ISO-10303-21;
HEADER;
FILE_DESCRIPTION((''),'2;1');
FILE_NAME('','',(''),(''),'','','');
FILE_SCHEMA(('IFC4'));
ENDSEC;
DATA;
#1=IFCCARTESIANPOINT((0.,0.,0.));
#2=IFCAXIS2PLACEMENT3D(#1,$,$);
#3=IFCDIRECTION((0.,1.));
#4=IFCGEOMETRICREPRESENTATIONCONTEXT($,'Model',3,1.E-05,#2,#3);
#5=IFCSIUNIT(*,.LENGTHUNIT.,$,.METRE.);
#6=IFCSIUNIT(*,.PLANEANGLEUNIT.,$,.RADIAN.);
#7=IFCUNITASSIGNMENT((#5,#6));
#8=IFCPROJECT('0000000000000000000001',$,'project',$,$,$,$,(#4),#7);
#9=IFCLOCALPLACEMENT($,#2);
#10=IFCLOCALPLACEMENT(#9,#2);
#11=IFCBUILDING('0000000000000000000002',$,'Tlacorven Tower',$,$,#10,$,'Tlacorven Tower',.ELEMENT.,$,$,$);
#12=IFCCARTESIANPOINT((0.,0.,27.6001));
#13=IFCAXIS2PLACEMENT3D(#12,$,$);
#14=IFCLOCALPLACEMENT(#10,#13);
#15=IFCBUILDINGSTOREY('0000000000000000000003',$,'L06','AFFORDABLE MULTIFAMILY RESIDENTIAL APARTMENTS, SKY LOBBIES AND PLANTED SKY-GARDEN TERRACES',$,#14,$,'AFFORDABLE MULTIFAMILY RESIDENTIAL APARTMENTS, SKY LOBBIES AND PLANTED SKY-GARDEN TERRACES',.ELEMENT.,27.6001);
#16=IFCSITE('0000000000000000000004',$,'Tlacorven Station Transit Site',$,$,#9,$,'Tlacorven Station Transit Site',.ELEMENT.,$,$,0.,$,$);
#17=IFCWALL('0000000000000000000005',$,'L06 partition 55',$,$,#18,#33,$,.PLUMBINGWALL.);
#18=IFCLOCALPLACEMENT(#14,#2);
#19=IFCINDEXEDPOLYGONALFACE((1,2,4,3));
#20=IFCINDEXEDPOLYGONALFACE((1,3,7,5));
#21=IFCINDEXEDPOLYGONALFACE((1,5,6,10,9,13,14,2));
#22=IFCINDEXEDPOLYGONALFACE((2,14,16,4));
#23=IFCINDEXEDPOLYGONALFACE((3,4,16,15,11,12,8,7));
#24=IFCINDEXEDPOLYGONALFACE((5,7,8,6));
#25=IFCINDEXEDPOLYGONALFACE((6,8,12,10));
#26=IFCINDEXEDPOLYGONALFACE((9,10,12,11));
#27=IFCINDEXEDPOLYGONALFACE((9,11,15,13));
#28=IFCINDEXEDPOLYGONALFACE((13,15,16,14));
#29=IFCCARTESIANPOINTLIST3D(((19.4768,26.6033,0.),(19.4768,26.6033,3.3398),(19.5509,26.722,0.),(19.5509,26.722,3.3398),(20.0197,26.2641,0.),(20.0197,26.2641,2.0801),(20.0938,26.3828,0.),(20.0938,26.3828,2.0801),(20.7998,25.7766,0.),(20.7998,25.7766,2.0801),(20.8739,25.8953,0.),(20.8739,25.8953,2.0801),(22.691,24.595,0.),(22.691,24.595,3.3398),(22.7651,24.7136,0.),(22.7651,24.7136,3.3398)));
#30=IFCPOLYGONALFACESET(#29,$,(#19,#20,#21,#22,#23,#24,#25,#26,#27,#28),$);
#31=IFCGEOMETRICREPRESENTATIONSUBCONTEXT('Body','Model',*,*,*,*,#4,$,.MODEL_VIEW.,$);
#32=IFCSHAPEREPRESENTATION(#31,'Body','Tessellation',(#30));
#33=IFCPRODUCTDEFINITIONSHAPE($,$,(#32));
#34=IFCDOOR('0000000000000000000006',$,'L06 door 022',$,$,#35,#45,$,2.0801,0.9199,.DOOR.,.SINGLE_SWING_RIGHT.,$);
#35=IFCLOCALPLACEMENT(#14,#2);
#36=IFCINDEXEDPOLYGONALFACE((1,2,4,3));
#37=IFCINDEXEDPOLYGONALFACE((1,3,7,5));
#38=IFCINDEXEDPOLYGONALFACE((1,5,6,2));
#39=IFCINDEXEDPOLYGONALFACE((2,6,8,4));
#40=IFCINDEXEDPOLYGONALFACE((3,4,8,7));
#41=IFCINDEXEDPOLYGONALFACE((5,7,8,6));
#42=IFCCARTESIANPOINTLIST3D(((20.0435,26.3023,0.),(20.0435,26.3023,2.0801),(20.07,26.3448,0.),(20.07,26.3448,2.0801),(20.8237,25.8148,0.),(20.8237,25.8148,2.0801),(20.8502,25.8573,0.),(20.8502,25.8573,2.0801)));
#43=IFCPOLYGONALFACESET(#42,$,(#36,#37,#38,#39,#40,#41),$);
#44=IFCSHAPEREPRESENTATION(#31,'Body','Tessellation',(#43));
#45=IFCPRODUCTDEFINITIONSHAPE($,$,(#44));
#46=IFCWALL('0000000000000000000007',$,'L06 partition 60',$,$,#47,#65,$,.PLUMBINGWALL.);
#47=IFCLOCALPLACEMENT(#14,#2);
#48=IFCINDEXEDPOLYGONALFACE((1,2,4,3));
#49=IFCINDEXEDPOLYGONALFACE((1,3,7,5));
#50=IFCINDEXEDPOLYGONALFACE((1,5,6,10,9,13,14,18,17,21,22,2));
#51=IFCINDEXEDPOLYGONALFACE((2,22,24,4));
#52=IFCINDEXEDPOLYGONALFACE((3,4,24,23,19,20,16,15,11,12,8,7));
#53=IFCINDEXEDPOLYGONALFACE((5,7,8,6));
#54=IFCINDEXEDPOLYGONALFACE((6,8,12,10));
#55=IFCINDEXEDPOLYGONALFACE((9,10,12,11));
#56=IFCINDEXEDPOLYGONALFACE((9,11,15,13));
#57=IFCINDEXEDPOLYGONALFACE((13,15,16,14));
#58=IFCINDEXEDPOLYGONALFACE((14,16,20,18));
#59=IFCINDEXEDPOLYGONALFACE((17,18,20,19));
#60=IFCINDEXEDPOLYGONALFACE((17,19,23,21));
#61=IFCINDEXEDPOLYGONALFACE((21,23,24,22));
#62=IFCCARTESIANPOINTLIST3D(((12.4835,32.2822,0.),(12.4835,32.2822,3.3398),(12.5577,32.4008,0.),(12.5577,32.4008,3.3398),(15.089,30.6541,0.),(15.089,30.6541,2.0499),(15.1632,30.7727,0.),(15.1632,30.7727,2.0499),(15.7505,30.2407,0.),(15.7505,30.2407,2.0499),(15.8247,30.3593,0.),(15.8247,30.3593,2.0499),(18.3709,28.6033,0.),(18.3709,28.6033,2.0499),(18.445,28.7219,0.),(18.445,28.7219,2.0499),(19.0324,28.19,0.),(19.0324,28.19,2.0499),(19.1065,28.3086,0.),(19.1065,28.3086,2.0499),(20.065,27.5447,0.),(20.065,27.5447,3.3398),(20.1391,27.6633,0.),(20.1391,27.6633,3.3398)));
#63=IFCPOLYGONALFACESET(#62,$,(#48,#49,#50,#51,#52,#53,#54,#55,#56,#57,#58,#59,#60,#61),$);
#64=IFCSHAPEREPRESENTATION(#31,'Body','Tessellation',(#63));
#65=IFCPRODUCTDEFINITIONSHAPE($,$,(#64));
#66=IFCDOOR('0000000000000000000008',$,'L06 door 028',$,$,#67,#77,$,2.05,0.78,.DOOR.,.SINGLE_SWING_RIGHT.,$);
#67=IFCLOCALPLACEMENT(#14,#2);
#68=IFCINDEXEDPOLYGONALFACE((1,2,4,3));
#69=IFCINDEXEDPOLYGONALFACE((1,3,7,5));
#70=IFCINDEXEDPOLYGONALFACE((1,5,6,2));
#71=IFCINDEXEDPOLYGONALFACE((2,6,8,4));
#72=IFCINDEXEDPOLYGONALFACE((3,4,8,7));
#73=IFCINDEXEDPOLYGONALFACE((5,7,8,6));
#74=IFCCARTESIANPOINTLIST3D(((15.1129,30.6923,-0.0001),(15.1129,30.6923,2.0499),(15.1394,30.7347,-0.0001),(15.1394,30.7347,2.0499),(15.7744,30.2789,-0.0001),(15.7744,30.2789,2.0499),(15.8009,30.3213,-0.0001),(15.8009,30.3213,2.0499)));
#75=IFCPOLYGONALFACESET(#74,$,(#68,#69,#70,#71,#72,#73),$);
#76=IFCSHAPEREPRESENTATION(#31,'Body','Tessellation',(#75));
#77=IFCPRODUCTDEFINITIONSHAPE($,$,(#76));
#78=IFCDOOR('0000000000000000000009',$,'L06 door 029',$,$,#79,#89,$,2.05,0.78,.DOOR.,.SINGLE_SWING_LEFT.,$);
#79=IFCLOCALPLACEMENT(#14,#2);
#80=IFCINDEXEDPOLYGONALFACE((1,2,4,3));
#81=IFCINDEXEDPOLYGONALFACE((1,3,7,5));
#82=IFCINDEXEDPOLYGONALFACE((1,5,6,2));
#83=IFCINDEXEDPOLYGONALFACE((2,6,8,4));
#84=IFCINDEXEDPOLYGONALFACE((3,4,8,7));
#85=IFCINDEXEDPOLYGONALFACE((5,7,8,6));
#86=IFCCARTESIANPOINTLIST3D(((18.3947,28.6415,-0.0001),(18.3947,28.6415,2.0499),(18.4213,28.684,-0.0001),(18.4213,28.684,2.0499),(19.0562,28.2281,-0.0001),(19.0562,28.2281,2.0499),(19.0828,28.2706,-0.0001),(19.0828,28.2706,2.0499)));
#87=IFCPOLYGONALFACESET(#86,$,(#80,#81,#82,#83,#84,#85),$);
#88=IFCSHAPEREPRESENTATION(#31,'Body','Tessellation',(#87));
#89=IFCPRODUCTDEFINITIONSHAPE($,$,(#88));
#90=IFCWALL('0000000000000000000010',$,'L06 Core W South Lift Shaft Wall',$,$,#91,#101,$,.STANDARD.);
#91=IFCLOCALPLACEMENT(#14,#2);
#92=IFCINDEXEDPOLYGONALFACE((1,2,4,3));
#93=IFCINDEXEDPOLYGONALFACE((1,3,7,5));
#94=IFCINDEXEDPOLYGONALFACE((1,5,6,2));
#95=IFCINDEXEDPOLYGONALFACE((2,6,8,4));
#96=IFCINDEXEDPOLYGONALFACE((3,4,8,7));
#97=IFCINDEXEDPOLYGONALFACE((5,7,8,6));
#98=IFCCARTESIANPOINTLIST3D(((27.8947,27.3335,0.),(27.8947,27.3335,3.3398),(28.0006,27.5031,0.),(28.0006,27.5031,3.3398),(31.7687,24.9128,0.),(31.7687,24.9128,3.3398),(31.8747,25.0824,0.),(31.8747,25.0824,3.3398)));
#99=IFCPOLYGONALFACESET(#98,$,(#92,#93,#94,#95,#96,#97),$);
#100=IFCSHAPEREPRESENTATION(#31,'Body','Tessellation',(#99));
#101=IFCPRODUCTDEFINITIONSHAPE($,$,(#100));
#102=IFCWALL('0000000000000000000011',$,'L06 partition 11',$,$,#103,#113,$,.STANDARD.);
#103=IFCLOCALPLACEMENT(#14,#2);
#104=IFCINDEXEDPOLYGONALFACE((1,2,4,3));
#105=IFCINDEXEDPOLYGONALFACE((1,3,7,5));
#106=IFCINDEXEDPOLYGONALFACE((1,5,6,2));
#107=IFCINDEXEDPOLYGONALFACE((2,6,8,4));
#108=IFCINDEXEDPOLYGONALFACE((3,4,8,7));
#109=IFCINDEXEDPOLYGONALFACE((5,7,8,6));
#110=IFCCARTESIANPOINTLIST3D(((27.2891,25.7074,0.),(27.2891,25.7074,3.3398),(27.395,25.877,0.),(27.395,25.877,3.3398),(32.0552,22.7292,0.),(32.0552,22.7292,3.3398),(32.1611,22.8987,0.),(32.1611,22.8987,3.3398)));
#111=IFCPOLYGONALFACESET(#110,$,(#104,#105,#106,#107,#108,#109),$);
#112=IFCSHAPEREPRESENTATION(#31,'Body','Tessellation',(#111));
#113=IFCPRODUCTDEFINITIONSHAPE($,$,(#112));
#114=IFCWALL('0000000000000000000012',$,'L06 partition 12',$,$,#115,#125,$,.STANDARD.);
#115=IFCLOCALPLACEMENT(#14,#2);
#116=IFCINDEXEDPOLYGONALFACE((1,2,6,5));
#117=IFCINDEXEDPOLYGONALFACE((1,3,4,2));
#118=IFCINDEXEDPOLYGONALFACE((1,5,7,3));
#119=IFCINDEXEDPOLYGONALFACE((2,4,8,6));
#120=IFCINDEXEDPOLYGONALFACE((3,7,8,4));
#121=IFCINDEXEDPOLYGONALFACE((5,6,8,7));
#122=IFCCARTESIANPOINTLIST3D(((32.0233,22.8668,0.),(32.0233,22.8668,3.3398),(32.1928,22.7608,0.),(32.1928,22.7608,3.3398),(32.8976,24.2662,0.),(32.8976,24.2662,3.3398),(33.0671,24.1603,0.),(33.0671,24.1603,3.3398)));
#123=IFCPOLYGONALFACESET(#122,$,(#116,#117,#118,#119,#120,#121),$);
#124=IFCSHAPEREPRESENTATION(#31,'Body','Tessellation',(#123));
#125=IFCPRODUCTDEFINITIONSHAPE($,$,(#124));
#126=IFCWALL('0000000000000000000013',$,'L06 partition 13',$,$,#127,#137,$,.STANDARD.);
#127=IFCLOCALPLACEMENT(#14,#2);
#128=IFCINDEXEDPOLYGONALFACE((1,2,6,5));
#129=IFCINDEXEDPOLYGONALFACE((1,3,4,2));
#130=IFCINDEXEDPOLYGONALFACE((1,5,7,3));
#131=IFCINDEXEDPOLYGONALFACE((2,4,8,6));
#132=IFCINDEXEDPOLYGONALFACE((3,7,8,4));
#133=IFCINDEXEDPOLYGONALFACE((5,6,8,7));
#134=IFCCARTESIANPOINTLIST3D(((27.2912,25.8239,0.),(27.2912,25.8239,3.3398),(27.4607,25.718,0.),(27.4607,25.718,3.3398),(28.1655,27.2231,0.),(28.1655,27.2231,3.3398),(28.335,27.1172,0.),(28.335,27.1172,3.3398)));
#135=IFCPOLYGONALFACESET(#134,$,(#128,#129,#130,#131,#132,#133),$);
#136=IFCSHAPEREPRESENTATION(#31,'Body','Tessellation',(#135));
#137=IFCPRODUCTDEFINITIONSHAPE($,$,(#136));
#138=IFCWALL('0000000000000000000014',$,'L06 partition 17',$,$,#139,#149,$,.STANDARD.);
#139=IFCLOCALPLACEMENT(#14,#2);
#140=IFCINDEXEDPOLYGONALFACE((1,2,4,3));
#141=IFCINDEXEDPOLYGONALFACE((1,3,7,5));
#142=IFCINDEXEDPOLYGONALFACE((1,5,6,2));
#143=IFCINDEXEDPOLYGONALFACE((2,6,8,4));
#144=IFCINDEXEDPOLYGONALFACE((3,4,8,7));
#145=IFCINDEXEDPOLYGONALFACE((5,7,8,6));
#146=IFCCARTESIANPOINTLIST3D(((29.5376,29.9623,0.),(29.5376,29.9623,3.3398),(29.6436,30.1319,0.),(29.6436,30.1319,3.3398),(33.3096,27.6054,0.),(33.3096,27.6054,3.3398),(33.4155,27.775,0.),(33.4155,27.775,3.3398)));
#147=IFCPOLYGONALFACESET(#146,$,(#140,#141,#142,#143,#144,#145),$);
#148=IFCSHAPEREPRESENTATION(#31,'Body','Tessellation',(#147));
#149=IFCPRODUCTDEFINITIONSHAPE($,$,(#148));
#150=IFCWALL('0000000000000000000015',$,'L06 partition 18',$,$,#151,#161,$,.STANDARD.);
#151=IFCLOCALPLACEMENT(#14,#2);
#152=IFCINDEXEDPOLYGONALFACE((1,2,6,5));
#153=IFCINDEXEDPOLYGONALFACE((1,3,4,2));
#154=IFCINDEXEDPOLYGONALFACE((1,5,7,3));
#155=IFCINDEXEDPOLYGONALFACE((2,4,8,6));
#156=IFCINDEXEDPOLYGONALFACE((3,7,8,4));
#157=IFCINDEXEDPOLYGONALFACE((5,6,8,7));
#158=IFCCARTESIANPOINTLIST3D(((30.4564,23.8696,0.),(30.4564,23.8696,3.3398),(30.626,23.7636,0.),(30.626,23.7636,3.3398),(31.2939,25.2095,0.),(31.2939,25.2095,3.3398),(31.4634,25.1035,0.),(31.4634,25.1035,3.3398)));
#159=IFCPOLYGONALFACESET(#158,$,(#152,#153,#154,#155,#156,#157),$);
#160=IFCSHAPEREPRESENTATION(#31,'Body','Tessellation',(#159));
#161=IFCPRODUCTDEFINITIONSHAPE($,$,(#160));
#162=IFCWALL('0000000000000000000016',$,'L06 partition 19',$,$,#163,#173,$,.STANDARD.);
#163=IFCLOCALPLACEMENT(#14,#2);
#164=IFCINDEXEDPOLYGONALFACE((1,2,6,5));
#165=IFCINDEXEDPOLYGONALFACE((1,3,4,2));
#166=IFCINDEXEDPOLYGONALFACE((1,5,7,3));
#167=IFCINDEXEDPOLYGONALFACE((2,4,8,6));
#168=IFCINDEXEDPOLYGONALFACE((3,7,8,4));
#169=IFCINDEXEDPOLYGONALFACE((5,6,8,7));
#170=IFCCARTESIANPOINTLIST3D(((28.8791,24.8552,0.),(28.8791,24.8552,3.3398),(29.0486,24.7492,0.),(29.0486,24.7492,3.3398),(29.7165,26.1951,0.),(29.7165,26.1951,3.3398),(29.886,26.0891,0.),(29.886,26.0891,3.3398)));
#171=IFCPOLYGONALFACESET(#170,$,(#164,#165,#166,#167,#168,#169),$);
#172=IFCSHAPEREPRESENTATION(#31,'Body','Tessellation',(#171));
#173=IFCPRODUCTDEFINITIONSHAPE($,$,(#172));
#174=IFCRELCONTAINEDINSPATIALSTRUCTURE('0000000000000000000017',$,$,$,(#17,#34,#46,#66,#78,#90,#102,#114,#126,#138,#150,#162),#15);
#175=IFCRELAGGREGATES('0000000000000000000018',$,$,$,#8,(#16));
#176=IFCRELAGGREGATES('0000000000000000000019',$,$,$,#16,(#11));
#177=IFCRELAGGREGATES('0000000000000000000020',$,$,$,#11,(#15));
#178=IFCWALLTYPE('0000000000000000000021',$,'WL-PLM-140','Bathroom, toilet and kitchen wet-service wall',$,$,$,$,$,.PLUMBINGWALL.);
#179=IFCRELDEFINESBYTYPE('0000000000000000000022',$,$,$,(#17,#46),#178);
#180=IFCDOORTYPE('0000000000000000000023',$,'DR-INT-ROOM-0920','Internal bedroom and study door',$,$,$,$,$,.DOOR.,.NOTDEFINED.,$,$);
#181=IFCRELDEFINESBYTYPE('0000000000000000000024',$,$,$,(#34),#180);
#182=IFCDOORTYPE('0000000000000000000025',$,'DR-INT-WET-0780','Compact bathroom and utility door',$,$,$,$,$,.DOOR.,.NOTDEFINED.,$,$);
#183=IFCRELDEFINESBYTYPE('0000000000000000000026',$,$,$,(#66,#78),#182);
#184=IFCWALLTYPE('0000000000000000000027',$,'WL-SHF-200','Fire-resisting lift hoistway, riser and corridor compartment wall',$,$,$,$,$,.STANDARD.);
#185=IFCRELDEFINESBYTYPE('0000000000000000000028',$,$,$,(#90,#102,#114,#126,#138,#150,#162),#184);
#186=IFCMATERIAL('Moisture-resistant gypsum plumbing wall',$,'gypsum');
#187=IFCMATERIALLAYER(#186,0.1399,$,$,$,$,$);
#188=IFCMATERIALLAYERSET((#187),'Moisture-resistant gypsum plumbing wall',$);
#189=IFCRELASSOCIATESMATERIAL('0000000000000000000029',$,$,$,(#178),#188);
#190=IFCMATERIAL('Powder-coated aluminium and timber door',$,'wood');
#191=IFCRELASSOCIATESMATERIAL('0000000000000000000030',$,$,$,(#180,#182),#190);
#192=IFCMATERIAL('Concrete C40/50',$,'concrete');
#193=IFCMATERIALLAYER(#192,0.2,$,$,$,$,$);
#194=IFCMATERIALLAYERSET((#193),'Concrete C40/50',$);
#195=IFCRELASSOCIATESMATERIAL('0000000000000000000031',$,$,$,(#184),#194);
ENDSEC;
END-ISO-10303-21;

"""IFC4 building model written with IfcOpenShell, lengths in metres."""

from ifc_helpers import new_model, si_unit, direction, frame, frame_2d, origin, place, context, subcontext, project, spatial, rectangle, extrude, source, transform, mapped, material, layer, layer_set, type_object, element, fill, save


model = new_model("IFC4")

# Units and contexts
model_context = context("Model", 3, precision=1e-05, world=origin(), true_north=direction((0.0, 1.0)))
body_context = subcontext(model_context, "Body", "Model", "MODEL_VIEW")
ifc_project = project(units=[si_unit("LENGTHUNIT", "METRE"), si_unit("PLANEANGLEUNIT", "RADIAN")], contexts=[model_context])

# Site, building, storey
site_placement = place(None, origin())
site = spatial("IfcSite", under=ifc_project, at=site_placement, Name="Tlacorven Station Transit Site", LongName="Tlacorven Station Transit Site", CompositionType="ELEMENT", RefElevation=0.0)
building_placement = place(site_placement, origin())
building = spatial("IfcBuilding", under=site, at=building_placement, Name="Tlacorven Tower", LongName="Tlacorven Tower", CompositionType="ELEMENT")
storey_placement = place(building_placement, frame((0.0, 0.0, 27.6001)))
storey = spatial("IfcBuildingStorey", under=building, at=storey_placement, Name="L06", Description="AFFORDABLE MULTIFAMILY RESIDENTIAL APARTMENTS, SKY LOBBIES AND PLANTED SKY-GARDEN TERRACES", LongName="AFFORDABLE MULTIFAMILY RESIDENTIAL APARTMENTS, SKY LOBBIES AND PLANTED SKY-GARDEN TERRACES", CompositionType="ELEMENT", Elevation=27.6001)

# Wall, opening, door
ifc_material_1 = material(Name="Moisture-resistant gypsum plumbing wall", Category="gypsum")
ifc_layer_1 = layer(ifc_material_1, 0.1399)
ifc_layer_set_1 = layer_set([ifc_layer_1], Name="Moisture-resistant gypsum plumbing wall")
wall_type_1 = type_object("IfcWallType", Name="WL-PLM-140", Description="Bathroom, toilet and kitchen wet-service wall", PredefinedType="PLUMBINGWALL", material=ifc_layer_set_1)
wall_1_placement = place(storey_placement, frame((22.728, 24.6543, 0.0), z_axis=(0.0, 0.0, 1.0), x_axis=(-0.84806, 0.529901, 0.0)))
wall_1 = element("IfcWall", 1, at=wall_1_placement, inside=storey, type_object=wall_type_1, Name="L06 partition 55", PredefinedType="PLUMBINGWALL", context=body_context, shape_type="SweptSolid", body=[
    extrude(rectangle(XDim=3.79, YDim=0.1399, at=frame_2d((1.895, 0.0))), origin(), (0.0, 0.0, 1.0), 3.3398),
])
opening_1_placement = place(wall_1_placement, frame((2.23, 0.0, 0.0)))
opening_1 = element("IfcOpeningElement", 2, at=opening_1_placement, cuts=wall_1, PredefinedType="OPENING", context=body_context, shape_type="SweptSolid", body=[
    extrude(rectangle(XDim=0.9199, YDim=2.0801, at=frame_2d((0.46, 1.04))), frame((0.0, 0.0801, 0.0), z_axis=(0.0, -1.0, 0.0), x_axis=(1.0, 0.0, 0.0)), (0.0, 0.0, 1.0), 0.1599),
])
ifc_material_2 = material(Name="Powder-coated aluminium and timber door", Category="wood")
door_type_1 = type_object("IfcDoorType", Name="DR-INT-ROOM-0920", Description="Internal bedroom and study door", OperationType="NOTDEFINED", PredefinedType="DOOR", material=ifc_material_2)
shared_shape_1 = source(origin(), body_context, "Body", "SweptSolid", [
    extrude(rectangle(XDim=0.9199, YDim=2.0801, at=frame_2d((0.46, 1.04))), frame((0.0, 0.0249, 0.0), z_axis=(0.0, -1.0, 0.0), x_axis=(1.0, 0.0, 0.0)), (0.0, 0.0, 1.0), 0.05),
])
door_1_placement = place(opening_1_placement, origin())
door_1 = element("IfcDoor", 3, at=door_1_placement, inside=storey, type_object=door_type_1, Name="L06 door 022", OperationType="SINGLE_SWING_RIGHT", OverallHeight=2.0801, OverallWidth=0.9199, PredefinedType="DOOR", context=body_context, shape_type="MappedRepresentation", body=[
    mapped(shared_shape_1, transform((0.0, 0.0, 0.0), scale=1.0)),
])
fill(opening_1, door_1)

# Wall, openings, doors
wall_2_placement = place(storey_placement, frame((20.1021, 27.604, 0.0), z_axis=(0.0, 0.0, 1.0), x_axis=(-0.848044, 0.529925, 0.0)))
wall_2 = element("IfcWall", 4, at=wall_2_placement, inside=storey, type_object=wall_type_1, Name="L06 partition 60", PredefinedType="PLUMBINGWALL", context=body_context, shape_type="SweptSolid", body=[
    extrude(rectangle(XDim=8.9399, YDim=0.1399, at=frame_2d((4.47, 0.0))), origin(), (0.0, 0.0, 1.0), 3.3398),
])
opening_2_placement = place(wall_2_placement, frame((5.0874, 0.0, 0.0)))
opening_2 = element("IfcOpeningElement", 5, at=opening_2_placement, cuts=wall_2, PredefinedType="OPENING", context=body_context, shape_type="SweptSolid", body=[
    extrude(rectangle(XDim=0.78, YDim=2.05, at=frame_2d((0.3901, 1.0249))), frame((0.0, 0.0801, 0.0), z_axis=(0.0, -1.0, 0.0), x_axis=(1.0, 0.0, 0.0)), (0.0, 0.0, 1.0), 0.1599),
])
opening_3_placement = place(wall_2_placement, frame((1.2175, 0.0, 0.0)))
opening_3 = element("IfcOpeningElement", 6, at=opening_3_placement, cuts=wall_2, PredefinedType="OPENING", context=body_context, shape_type="SweptSolid", body=[
    extrude(rectangle(XDim=0.78, YDim=2.05, at=frame_2d((0.3901, 1.0249))), frame((0.0, 0.0801, 0.0), z_axis=(0.0, -1.0, 0.0), x_axis=(1.0, 0.0, 0.0)), (0.0, 0.0, 1.0), 0.1599),
])
door_type_2 = type_object("IfcDoorType", Name="DR-INT-WET-0780", Description="Compact bathroom and utility door", OperationType="NOTDEFINED", PredefinedType="DOOR", material=ifc_material_2)
shared_shape_2 = source(origin(), body_context, "Body", "SweptSolid", [
    extrude(rectangle(XDim=0.78, YDim=2.05, at=frame_2d((0.3901, 1.0249))), frame((0.0, 0.0249, 0.0), z_axis=(0.0, -1.0, 0.0), x_axis=(1.0, 0.0, 0.0)), (0.0, 0.0, 1.0), 0.05),
])
door_2_placement = place(opening_2_placement, origin())
door_2 = element("IfcDoor", 7, at=door_2_placement, inside=storey, type_object=door_type_2, Name="L06 door 028", OperationType="SINGLE_SWING_RIGHT", OverallHeight=2.05, OverallWidth=0.78, PredefinedType="DOOR", context=body_context, shape_type="MappedRepresentation", body=[
    mapped(shared_shape_2, transform((0.0, 0.0, 0.0), scale=1.0)),
])
fill(opening_2, door_2)
door_3_placement = place(opening_3_placement, origin())
door_3 = element("IfcDoor", 8, at=door_3_placement, inside=storey, type_object=door_type_2, Name="L06 door 029", OperationType="SINGLE_SWING_LEFT", OverallHeight=2.05, OverallWidth=0.78, PredefinedType="DOOR", context=body_context, shape_type="MappedRepresentation", body=[
    mapped(shared_shape_2, transform((0.0, 0.0, 0.0), scale=1.0)),
])
fill(opening_3, door_3)

# Walls
ifc_material_3 = material(Name="Concrete C40/50", Category="concrete")
ifc_layer_2 = layer(ifc_material_3, 0.2)
ifc_layer_set_2 = layer_set([ifc_layer_2], Name="Concrete C40/50")
wall_type_2 = type_object("IfcWallType", Name="WL-SHF-200", Description="Fire-resisting lift hoistway, riser and corridor compartment wall", PredefinedType="STANDARD", material=ifc_layer_set_2)
wall_3_placement = place(storey_placement, frame((31.8218, 24.9976, 0.0), z_axis=(0.0, 0.0, 1.0), x_axis=(-0.848058, 0.529903, 0.0)))
element("IfcWall", 9, at=wall_3_placement, inside=storey, type_object=wall_type_2, Name="L06 Core W South Lift Shaft Wall", PredefinedType="STANDARD", context=body_context, shape_type="SweptSolid", body=[
    extrude(rectangle(XDim=4.5681, YDim=0.2, at=frame_2d((2.2842, 0.0))), origin(), (0.0, 0.0, 1.0), 3.3398),
])
wall_4_placement = place(storey_placement, frame((32.1082, 22.814, 0.0), z_axis=(0.0, 0.0, 1.0), x_axis=(-0.848042, 0.529929, 0.0)))
element("IfcWall", 10, at=wall_4_placement, inside=storey, type_object=wall_type_2, Name="L06 partition 11", PredefinedType="STANDARD", context=body_context, shape_type="SweptSolid", body=[
    extrude(rectangle(XDim=5.6201, YDim=0.2, at=frame_2d((2.8101, 0.0))), origin(), (0.0, 0.0, 1.0), 3.3398),
])
wall_5_placement = place(storey_placement, frame((32.9824, 24.2134, 0.0), z_axis=(0.0, 0.0, 1.0), x_axis=(-0.529839, -0.848098, 0.0)))
element("IfcWall", 11, at=wall_5_placement, inside=storey, type_object=wall_type_2, Name="L06 partition 12", PredefinedType="STANDARD", context=body_context, shape_type="SweptSolid", body=[
    extrude(rectangle(XDim=1.6501, YDim=0.2, at=frame_2d((0.8252, 0.0))), origin(), (0.0, 0.0, 1.0), 3.3398),
])
wall_6_placement = place(storey_placement, frame((28.2502, 27.1702, 0.0), z_axis=(0.0, 0.0, 1.0), x_axis=(-0.529906, -0.848056, 0.0)))
element("IfcWall", 12, at=wall_6_placement, inside=storey, type_object=wall_type_2, Name="L06 partition 13", PredefinedType="STANDARD", context=body_context, shape_type="SweptSolid", body=[
    extrude(rectangle(XDim=1.6499, YDim=0.2, at=frame_2d((0.825, 0.0))), origin(), (0.0, 0.0, 1.0), 3.3398),
])
wall_7_placement = place(storey_placement, frame((33.3625, 27.6902, 0.0), z_axis=(0.0, 0.0, 1.0), x_axis=(-0.848054, 0.52991, 0.0)))
element("IfcWall", 13, at=wall_7_placement, inside=storey, type_object=wall_type_2, Name="L06 partition 17", PredefinedType="STANDARD", context=body_context, shape_type="SweptSolid", body=[
    extrude(rectangle(XDim=4.4478, YDim=0.2, at=frame_2d((2.2239, 0.0))), origin(), (0.0, 0.0, 1.0), 3.3398),
])
for number, where, z_axis, x_axis, name in (
    (14, (31.3787, 25.1565, 0.0), (0.0, 0.0, 1.0), (-0.529999, -0.847998, 0.0), "L06 partition 18"),
    (15, (29.8013, 26.1421, 0.0), (0.0, 0.0, 1.0), (-0.529999, -0.847998, 0.0), "L06 partition 19"),
):
    element("IfcWall", number, at=place(storey_placement, frame(where, z_axis=z_axis, x_axis=x_axis)), inside=storey, type_object=wall_type_2, Name=name, PredefinedType="STANDARD", context=body_context, shape_type="SweptSolid", body=[
        extrude(rectangle(XDim=1.5801, YDim=0.2, at=frame_2d((0.79, 0.0))), origin(), (0.0, 0.0, 1.0), 3.3398),
    ])

save(model, "model.ifc")
